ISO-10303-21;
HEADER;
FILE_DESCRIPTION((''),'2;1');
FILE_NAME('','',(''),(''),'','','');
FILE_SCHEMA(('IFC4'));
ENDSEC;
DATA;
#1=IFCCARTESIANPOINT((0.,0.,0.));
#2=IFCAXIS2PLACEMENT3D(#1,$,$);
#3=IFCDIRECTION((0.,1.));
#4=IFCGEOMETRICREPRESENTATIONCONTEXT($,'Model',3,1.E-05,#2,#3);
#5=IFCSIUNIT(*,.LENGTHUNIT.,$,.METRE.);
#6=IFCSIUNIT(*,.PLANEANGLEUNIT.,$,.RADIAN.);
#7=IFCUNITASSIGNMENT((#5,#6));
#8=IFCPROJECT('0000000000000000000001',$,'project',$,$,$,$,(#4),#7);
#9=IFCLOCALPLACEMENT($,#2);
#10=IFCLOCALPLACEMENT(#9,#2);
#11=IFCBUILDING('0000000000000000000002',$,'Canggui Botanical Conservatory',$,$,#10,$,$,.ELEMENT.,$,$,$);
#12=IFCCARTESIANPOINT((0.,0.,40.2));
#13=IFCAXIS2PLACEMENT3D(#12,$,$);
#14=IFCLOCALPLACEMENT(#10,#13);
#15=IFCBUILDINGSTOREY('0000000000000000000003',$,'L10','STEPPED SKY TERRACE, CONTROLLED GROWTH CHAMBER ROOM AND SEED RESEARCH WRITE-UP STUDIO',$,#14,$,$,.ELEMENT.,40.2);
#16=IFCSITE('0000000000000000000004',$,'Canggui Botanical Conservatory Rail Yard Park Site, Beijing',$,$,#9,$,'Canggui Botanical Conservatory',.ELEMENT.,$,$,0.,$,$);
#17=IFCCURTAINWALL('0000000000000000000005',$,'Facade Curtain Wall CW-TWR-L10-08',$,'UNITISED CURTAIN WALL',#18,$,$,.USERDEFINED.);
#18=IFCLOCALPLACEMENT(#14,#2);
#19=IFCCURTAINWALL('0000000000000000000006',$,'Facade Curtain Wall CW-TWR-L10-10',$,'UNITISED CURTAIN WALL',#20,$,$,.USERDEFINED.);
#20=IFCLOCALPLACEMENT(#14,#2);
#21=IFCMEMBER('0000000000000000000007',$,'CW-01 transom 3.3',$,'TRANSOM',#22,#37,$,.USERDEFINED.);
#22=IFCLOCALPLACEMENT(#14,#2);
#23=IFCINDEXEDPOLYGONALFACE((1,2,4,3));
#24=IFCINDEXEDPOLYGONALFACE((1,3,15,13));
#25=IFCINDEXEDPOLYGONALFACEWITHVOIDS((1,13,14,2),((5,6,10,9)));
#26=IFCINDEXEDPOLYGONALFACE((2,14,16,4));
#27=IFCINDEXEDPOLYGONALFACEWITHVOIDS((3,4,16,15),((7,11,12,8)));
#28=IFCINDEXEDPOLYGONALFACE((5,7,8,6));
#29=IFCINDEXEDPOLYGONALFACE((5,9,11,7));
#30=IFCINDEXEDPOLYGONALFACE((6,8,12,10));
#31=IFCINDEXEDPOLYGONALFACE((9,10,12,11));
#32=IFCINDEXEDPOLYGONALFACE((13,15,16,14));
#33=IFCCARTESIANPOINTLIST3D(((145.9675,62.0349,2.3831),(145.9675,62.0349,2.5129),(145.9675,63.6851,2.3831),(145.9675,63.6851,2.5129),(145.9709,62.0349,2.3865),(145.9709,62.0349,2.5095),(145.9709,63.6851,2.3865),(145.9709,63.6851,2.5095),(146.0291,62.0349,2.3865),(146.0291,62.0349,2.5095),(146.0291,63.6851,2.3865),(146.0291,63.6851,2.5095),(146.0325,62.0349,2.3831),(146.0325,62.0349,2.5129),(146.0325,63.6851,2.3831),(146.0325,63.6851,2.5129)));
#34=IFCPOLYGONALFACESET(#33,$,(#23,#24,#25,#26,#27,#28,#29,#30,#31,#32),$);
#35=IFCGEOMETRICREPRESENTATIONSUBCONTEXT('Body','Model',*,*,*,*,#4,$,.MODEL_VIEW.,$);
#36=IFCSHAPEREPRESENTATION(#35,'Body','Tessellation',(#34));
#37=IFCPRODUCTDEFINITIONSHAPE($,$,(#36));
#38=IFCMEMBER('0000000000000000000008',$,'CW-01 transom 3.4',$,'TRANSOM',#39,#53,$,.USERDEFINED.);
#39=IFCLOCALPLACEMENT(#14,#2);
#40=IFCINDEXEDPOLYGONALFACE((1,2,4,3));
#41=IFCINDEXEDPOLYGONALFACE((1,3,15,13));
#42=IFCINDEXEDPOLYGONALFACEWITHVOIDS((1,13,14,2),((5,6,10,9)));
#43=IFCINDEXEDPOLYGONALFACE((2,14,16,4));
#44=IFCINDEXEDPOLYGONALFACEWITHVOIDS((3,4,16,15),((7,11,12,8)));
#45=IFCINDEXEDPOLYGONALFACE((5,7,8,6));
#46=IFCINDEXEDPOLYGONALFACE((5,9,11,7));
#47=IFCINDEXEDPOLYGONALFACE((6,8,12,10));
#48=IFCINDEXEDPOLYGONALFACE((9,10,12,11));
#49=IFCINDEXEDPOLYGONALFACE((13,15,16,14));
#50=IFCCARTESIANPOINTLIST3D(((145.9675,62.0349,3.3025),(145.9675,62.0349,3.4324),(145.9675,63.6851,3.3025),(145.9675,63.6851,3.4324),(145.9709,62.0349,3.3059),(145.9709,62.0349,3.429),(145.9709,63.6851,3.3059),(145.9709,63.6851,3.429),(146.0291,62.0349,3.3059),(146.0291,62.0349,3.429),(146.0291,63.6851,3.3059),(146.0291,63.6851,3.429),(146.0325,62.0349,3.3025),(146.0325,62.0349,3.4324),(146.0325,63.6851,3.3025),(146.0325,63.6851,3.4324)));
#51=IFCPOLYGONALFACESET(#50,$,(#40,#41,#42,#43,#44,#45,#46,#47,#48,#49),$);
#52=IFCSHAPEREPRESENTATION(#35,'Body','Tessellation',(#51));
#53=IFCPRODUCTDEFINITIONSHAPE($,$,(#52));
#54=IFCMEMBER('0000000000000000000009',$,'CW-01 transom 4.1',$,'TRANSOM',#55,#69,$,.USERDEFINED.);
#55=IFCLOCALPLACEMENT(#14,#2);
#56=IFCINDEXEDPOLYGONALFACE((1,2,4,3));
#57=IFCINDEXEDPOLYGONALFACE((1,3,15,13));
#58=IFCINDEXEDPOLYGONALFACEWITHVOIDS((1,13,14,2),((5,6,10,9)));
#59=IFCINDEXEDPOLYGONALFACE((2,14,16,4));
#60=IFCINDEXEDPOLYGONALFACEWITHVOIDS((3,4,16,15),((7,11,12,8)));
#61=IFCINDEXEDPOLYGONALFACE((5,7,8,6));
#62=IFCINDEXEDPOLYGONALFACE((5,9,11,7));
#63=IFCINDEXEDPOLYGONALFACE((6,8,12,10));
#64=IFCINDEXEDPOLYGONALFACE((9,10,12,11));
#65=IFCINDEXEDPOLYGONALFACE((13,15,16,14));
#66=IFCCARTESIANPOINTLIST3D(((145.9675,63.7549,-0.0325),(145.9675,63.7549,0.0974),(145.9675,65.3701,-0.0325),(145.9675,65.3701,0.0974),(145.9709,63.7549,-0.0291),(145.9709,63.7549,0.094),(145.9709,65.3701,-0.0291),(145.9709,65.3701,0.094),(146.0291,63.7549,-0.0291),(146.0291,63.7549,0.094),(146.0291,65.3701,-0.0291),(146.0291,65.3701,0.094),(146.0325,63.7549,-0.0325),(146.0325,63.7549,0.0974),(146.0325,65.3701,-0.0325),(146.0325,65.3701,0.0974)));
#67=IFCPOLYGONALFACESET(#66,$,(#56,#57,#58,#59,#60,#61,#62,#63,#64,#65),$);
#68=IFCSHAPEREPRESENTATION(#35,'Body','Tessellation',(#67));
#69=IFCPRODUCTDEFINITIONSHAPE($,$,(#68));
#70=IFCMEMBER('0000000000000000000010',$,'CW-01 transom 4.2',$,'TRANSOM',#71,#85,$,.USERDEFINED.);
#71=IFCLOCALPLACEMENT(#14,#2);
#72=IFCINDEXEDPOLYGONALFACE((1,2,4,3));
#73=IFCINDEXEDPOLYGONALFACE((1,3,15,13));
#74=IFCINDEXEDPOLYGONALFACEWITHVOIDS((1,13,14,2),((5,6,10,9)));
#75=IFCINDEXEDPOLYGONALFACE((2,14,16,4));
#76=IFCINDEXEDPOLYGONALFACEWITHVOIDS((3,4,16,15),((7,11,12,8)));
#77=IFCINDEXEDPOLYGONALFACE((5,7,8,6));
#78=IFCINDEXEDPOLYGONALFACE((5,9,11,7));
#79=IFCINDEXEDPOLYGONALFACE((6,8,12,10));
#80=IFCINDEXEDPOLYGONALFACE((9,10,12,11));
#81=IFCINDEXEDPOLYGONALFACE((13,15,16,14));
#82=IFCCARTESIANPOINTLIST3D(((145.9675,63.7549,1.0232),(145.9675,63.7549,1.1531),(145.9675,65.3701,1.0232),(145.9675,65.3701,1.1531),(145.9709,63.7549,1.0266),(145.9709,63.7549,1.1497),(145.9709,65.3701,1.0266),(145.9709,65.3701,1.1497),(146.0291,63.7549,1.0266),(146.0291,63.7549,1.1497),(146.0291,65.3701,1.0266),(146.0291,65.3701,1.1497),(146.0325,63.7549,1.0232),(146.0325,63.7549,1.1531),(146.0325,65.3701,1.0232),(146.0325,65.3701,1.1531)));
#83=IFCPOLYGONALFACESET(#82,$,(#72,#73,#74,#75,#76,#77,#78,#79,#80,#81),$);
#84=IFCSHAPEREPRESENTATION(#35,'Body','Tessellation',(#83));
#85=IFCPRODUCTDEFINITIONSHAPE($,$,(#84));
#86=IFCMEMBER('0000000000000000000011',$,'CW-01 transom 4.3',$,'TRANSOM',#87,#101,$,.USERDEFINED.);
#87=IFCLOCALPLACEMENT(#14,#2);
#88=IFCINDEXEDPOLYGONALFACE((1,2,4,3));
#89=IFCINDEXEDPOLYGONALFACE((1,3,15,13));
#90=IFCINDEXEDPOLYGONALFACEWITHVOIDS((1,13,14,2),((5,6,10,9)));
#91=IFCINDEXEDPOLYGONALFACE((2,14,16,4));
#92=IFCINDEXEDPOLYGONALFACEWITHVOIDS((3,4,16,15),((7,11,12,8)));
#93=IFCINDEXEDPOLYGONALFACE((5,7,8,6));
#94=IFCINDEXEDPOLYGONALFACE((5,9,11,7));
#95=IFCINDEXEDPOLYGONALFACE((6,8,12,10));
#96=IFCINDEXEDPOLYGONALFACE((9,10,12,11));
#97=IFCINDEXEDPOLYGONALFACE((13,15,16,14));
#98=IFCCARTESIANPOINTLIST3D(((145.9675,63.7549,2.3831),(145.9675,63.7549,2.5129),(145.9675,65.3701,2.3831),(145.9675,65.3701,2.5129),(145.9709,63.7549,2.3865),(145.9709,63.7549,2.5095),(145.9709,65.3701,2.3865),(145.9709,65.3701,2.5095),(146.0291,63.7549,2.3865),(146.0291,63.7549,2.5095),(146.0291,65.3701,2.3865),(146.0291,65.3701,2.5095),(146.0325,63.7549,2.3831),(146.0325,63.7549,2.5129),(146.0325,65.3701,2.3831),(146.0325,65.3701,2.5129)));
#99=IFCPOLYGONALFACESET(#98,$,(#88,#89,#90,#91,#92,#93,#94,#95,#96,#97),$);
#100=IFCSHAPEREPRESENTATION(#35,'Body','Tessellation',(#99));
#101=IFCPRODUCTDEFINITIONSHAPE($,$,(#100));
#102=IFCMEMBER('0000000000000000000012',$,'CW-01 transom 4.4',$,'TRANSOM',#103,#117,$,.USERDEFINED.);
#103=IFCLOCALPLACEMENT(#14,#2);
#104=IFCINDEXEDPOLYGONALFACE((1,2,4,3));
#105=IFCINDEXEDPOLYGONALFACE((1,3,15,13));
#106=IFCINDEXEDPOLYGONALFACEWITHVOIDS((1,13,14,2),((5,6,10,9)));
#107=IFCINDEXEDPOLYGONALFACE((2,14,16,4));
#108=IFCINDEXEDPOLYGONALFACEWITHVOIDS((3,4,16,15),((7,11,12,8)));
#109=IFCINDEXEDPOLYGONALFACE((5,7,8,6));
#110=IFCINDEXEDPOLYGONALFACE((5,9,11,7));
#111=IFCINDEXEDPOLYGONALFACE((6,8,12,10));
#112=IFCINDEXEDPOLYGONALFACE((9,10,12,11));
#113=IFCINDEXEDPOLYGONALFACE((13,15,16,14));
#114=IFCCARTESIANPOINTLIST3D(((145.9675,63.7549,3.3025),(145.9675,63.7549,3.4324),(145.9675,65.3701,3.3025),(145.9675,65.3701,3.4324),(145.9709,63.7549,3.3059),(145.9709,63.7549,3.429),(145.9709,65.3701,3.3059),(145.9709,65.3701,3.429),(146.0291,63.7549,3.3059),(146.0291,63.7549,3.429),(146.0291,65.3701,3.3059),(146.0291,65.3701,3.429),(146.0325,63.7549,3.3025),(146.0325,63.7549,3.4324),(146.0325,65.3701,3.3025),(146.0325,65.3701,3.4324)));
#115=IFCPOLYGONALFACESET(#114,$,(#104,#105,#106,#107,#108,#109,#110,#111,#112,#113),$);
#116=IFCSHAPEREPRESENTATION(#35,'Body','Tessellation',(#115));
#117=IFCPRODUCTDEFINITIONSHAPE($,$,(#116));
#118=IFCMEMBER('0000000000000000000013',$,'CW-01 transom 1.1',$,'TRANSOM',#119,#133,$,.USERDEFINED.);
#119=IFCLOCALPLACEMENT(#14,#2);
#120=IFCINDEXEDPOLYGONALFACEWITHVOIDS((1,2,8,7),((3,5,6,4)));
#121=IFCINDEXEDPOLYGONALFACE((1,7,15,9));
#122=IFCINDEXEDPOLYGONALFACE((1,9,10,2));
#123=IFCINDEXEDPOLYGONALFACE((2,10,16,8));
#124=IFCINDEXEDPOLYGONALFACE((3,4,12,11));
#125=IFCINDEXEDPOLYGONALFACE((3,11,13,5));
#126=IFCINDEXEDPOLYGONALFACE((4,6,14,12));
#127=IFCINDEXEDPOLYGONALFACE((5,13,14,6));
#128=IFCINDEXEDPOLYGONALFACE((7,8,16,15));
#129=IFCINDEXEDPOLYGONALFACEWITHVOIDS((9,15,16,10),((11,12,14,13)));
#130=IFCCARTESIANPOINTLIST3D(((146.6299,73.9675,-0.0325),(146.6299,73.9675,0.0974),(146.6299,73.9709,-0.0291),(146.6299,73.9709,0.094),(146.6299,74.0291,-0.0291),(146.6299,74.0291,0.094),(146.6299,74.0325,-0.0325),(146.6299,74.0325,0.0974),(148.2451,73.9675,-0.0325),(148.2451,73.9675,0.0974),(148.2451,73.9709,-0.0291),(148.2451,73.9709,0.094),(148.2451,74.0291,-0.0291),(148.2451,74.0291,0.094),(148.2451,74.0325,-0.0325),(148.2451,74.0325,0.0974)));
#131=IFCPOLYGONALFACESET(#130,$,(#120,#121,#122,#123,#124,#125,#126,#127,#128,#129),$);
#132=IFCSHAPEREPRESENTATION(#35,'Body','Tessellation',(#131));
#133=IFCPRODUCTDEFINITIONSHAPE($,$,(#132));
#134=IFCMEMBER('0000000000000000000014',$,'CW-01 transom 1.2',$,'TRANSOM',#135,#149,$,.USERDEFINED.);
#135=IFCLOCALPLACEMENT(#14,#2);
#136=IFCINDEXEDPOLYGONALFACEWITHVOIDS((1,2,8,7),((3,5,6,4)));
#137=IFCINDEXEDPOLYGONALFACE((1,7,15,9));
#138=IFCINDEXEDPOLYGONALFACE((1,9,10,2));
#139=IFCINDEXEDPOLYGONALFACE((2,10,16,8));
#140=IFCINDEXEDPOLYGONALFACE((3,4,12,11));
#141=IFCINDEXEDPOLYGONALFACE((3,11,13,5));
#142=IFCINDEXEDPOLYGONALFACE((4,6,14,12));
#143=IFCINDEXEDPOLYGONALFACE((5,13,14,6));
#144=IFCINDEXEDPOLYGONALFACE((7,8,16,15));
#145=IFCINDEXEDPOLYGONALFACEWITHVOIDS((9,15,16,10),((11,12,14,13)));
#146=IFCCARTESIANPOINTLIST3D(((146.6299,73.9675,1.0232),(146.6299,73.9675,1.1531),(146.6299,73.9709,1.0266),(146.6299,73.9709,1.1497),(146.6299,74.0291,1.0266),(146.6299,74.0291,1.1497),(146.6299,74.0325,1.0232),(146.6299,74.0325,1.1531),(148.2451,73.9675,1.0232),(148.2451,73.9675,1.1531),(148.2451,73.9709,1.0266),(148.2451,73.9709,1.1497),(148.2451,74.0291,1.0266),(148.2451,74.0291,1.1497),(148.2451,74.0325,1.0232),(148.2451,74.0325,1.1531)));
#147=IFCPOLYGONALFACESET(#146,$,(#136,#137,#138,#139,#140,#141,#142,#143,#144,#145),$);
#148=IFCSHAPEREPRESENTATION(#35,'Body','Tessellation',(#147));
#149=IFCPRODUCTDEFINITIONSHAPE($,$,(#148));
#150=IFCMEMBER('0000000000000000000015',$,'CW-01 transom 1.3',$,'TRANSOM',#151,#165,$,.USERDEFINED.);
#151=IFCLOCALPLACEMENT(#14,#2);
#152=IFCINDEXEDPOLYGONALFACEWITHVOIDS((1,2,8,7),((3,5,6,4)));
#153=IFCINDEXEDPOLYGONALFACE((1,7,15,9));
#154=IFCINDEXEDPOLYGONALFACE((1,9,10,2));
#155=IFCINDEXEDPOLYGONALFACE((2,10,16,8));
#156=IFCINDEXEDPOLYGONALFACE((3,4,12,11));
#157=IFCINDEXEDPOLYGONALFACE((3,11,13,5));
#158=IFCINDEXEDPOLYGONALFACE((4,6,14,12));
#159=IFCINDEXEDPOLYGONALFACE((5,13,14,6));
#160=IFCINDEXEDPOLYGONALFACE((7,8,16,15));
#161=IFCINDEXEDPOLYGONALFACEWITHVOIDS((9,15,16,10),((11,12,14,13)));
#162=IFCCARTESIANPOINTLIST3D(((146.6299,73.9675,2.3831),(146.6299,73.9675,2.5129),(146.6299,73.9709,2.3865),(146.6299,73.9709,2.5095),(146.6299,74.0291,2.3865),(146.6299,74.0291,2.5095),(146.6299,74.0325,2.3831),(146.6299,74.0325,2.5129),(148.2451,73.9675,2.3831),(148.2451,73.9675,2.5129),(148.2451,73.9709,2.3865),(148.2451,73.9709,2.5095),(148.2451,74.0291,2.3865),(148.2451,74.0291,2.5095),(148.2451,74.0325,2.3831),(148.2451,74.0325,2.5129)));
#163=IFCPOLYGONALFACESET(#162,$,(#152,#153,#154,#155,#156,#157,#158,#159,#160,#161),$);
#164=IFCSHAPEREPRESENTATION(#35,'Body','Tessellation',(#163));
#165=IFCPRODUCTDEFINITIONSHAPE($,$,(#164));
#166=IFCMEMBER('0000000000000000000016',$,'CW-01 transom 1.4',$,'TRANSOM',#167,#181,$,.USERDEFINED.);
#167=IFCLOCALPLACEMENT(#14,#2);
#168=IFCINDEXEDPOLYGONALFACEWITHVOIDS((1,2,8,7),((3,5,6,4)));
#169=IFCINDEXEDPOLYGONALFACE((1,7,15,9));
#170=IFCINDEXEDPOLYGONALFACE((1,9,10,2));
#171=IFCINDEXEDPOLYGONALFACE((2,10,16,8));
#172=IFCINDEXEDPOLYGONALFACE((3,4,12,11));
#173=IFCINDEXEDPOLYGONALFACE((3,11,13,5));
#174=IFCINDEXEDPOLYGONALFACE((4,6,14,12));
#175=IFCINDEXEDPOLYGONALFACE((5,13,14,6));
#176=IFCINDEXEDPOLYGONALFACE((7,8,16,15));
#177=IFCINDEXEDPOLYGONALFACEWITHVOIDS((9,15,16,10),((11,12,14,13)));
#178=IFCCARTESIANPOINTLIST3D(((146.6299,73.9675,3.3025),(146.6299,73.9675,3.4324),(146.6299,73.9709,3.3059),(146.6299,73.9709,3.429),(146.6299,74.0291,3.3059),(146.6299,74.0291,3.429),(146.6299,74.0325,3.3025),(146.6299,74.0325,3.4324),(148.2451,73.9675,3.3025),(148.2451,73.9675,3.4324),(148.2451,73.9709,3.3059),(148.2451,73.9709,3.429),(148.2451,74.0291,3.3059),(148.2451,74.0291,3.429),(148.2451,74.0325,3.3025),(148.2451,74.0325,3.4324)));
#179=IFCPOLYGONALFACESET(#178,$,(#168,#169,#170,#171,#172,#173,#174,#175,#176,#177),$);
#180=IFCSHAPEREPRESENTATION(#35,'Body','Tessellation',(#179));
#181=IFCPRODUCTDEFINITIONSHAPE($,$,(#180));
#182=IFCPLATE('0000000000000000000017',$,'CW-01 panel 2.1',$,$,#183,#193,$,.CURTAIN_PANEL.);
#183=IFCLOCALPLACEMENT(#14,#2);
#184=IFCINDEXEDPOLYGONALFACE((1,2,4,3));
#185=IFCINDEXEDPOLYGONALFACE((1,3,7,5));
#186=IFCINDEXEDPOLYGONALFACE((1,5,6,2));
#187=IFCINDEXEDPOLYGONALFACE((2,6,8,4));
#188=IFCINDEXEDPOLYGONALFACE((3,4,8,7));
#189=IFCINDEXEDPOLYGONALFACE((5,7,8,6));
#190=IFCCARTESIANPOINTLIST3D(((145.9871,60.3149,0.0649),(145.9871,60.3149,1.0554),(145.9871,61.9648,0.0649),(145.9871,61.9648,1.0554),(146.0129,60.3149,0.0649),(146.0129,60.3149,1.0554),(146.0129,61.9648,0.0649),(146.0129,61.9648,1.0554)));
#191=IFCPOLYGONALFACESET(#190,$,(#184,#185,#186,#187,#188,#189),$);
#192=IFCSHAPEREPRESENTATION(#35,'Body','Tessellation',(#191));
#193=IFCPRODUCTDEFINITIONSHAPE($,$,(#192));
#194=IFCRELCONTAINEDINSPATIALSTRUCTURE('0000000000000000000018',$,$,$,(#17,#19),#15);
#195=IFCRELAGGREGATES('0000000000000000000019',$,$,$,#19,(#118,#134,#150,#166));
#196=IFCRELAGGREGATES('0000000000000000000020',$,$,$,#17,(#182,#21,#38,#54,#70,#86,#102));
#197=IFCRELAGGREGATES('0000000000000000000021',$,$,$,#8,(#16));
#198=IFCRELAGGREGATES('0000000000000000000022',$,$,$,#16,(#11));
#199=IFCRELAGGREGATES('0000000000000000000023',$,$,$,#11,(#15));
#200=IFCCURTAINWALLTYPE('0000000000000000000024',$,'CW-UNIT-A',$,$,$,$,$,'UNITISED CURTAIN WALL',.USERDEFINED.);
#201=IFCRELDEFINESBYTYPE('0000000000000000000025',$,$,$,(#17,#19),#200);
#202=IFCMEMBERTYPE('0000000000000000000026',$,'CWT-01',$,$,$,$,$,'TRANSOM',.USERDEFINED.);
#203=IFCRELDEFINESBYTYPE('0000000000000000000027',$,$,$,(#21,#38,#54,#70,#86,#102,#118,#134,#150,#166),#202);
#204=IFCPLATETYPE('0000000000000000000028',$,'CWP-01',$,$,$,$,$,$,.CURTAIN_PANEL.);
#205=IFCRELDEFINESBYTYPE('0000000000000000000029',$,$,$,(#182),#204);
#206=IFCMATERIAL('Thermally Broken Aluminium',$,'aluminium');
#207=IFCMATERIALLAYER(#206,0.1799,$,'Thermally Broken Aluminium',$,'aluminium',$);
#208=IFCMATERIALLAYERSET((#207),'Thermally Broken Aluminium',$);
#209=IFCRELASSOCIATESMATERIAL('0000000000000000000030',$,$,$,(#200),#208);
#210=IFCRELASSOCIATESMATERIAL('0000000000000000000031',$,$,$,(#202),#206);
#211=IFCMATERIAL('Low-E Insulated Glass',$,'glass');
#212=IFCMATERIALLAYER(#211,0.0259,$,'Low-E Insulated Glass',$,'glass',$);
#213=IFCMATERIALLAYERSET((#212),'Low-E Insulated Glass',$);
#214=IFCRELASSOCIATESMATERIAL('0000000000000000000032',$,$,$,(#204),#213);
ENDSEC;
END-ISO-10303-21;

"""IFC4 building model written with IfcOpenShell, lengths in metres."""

from ifc_helpers import new_model, si_unit, direction, frame, origin, origin_2d, place, context, subcontext, project, spatial, rectangle, hollow_rectangle, extrude, material, layer, layer_set, material_profile, profile_set, type_object, element, aggregate, save


model = new_model("IFC4")

# Units and contexts
model_context = context("Model", 3, precision=1e-05, world=origin(), true_north=direction((0.0, 1.0)))
body_context = subcontext(model_context, "Body", "Model", "MODEL_VIEW")
ifc_project = project(units=[si_unit("LENGTHUNIT", "METRE"), si_unit("PLANEANGLEUNIT", "RADIAN")], contexts=[model_context])

# Site, building, storey
site_placement = place(None, origin())
site = spatial("IfcSite", under=ifc_project, at=site_placement, Name="Canggui Botanical Conservatory Rail Yard Park Site, Beijing", LongName="Canggui Botanical Conservatory", CompositionType="ELEMENT", RefElevation=0.0)
building_placement = place(site_placement, origin())
building = spatial("IfcBuilding", under=site, at=building_placement, Name="Canggui Botanical Conservatory", CompositionType="ELEMENT")
storey_placement = place(building_placement, frame((0.0, 0.0, 40.2)))
storey = spatial("IfcBuildingStorey", under=building, at=storey_placement, Name="L10", Description="STEPPED SKY TERRACE, CONTROLLED GROWTH CHAMBER ROOM AND SEED RESEARCH WRITE-UP STUDIO", CompositionType="ELEMENT", Elevation=40.2)

# Curtain wall
ifc_material_1 = material(Name="Thermally Broken Aluminium", Category="aluminium")
ifc_layer_1 = layer(ifc_material_1, 0.1799, Name="Thermally Broken Aluminium", Category="aluminium")
ifc_layer_set_1 = layer_set([ifc_layer_1], Name="Thermally Broken Aluminium")
curtain_wall_type = type_object("IfcCurtainWallType", Name="CW-UNIT-A", ElementType="UNITISED CURTAIN WALL", PredefinedType="USERDEFINED", material=ifc_layer_set_1)
curtain_wall_1_placement = place(storey_placement, origin())
curtain_wall_1 = element("IfcCurtainWall", 1, at=curtain_wall_1_placement, inside=storey, type_object=curtain_wall_type, Name="Facade Curtain Wall CW-TWR-L10-08", ObjectType="UNITISED CURTAIN WALL", PredefinedType="USERDEFINED")

# Curtain wall
curtain_wall_2_placement = place(storey_placement, origin())
curtain_wall_2 = element("IfcCurtainWall", 2, at=curtain_wall_2_placement, inside=storey, type_object=curtain_wall_type, Name="Facade Curtain Wall CW-TWR-L10-10", ObjectType="UNITISED CURTAIN WALL", PredefinedType="USERDEFINED")

# Members
ifc_material_profile_1 = material_profile(ifc_material_1, hollow_rectangle(XDim=0.0649, YDim=0.1299, WallThickness=0.0034, at=origin_2d()), Name="CWT 65x130x3.5")
ifc_profile_set_1 = profile_set([ifc_material_profile_1], Name="Thermally Broken Aluminium")
member_type_1 = type_object("IfcMemberType", Name="CWT-01", ElementType="TRANSOM", PredefinedType="USERDEFINED", material=ifc_profile_set_1)
member_1_placement = place(storey_placement, frame((146.0, 62.0349, 2.448), z_axis=(0.0, 1.0, 0.0), x_axis=(-1.0, 0.0, 0.0)))
member_1 = element("IfcMember", 3, at=member_1_placement, type_object=member_type_1, Name="CW-01 transom 3.3", ObjectType="TRANSOM", PredefinedType="USERDEFINED", context=body_context, shape_type="SweptSolid", body=[
    extrude(hollow_rectangle(XDim=0.0649, YDim=0.1299, WallThickness=0.0034, at=origin_2d()), origin(), (0.0, 0.0, 1.0), 1.6501),
])
member_2_placement = place(storey_placement, frame((146.0, 62.0349, 3.3674), z_axis=(0.0, 1.0, 0.0), x_axis=(-1.0, 0.0, 0.0)))
member_2 = element("IfcMember", 4, at=member_2_placement, type_object=member_type_1, Name="CW-01 transom 3.4", ObjectType="TRANSOM", PredefinedType="USERDEFINED", context=body_context, shape_type="SweptSolid", body=[
    extrude(hollow_rectangle(XDim=0.0649, YDim=0.1299, WallThickness=0.0034, at=origin_2d()), origin(), (0.0, 0.0, 1.0), 1.6501),
])
member_3_placement = place(storey_placement, frame((146.0, 63.7549, 0.0325), z_axis=(0.0, 1.0, 0.0), x_axis=(-1.0, 0.0, 0.0)))
member_3 = element("IfcMember", 5, at=member_3_placement, type_object=member_type_1, Name="CW-01 transom 4.1", ObjectType="TRANSOM", PredefinedType="USERDEFINED", context=body_context, shape_type="SweptSolid", body=[
    extrude(hollow_rectangle(XDim=0.0649, YDim=0.1299, WallThickness=0.0034, at=origin_2d()), origin(), (0.0, 0.0, 1.0), 1.6152),
])
member_4_placement = place(storey_placement, frame((146.0, 63.7549, 1.0881), z_axis=(0.0, 1.0, 0.0), x_axis=(-1.0, 0.0, 0.0)))
member_4 = element("IfcMember", 6, at=member_4_placement, type_object=member_type_1, Name="CW-01 transom 4.2", ObjectType="TRANSOM", PredefinedType="USERDEFINED", context=body_context, shape_type="SweptSolid", body=[
    extrude(hollow_rectangle(XDim=0.0649, YDim=0.1299, WallThickness=0.0034, at=origin_2d()), origin(), (0.0, 0.0, 1.0), 1.6152),
])
member_5_placement = place(storey_placement, frame((146.0, 63.7549, 2.448), z_axis=(0.0, 1.0, 0.0), x_axis=(-1.0, 0.0, 0.0)))
member_5 = element("IfcMember", 7, at=member_5_placement, type_object=member_type_1, Name="CW-01 transom 4.3", ObjectType="TRANSOM", PredefinedType="USERDEFINED", context=body_context, shape_type="SweptSolid", body=[
    extrude(hollow_rectangle(XDim=0.0649, YDim=0.1299, WallThickness=0.0034, at=origin_2d()), origin(), (0.0, 0.0, 1.0), 1.6152),
])
member_6_placement = place(storey_placement, frame((146.0, 63.7549, 3.3674), z_axis=(0.0, 1.0, 0.0), x_axis=(-1.0, 0.0, 0.0)))
member_6 = element("IfcMember", 8, at=member_6_placement, type_object=member_type_1, Name="CW-01 transom 4.4", ObjectType="TRANSOM", PredefinedType="USERDEFINED", context=body_context, shape_type="SweptSolid", body=[
    extrude(hollow_rectangle(XDim=0.0649, YDim=0.1299, WallThickness=0.0034, at=origin_2d()), origin(), (0.0, 0.0, 1.0), 1.6152),
])
member_7_placement = place(storey_placement, frame((146.6299, 74.0, 0.0325), z_axis=(1.0, 0.0, 0.0), x_axis=(0.0, 1.0, 0.0)))
member_7 = element("IfcMember", 9, at=member_7_placement, type_object=member_type_1, Name="CW-01 transom 1.1", ObjectType="TRANSOM", PredefinedType="USERDEFINED", context=body_context, shape_type="SweptSolid", body=[
    extrude(hollow_rectangle(XDim=0.0649, YDim=0.1299, WallThickness=0.0034, at=origin_2d()), origin(), (0.0, 0.0, 1.0), 1.6152),
])
member_8_placement = place(storey_placement, frame((146.6299, 74.0, 1.0881), z_axis=(1.0, 0.0, 0.0), x_axis=(0.0, 1.0, 0.0)))
member_8 = element("IfcMember", 10, at=member_8_placement, type_object=member_type_1, Name="CW-01 transom 1.2", ObjectType="TRANSOM", PredefinedType="USERDEFINED", context=body_context, shape_type="SweptSolid", body=[
    extrude(hollow_rectangle(XDim=0.0649, YDim=0.1299, WallThickness=0.0034, at=origin_2d()), origin(), (0.0, 0.0, 1.0), 1.6152),
])
member_9_placement = place(storey_placement, frame((146.6299, 74.0, 2.448), z_axis=(1.0, 0.0, 0.0), x_axis=(0.0, 1.0, 0.0)))
member_9 = element("IfcMember", 11, at=member_9_placement, type_object=member_type_1, Name="CW-01 transom 1.3", ObjectType="TRANSOM", PredefinedType="USERDEFINED", context=body_context, shape_type="SweptSolid", body=[
    extrude(hollow_rectangle(XDim=0.0649, YDim=0.1299, WallThickness=0.0034, at=origin_2d()), origin(), (0.0, 0.0, 1.0), 1.6152),
])
member_10_placement = place(storey_placement, frame((146.6299, 74.0, 3.3674), z_axis=(1.0, 0.0, 0.0), x_axis=(0.0, 1.0, 0.0)))
member_10 = element("IfcMember", 12, at=member_10_placement, type_object=member_type_1, Name="CW-01 transom 1.4", ObjectType="TRANSOM", PredefinedType="USERDEFINED", context=body_context, shape_type="SweptSolid", body=[
    extrude(hollow_rectangle(XDim=0.0649, YDim=0.1299, WallThickness=0.0034, at=origin_2d()), origin(), (0.0, 0.0, 1.0), 1.6152),
])
aggregate(curtain_wall_2, [member_7, member_8, member_9, member_10])

# Plate
ifc_material_2 = material(Name="Low-E Insulated Glass", Category="glass")
ifc_layer_2 = layer(ifc_material_2, 0.0259, Name="Low-E Insulated Glass", Category="glass")
ifc_layer_set_2 = layer_set([ifc_layer_2], Name="Low-E Insulated Glass")
plate_type = type_object("IfcPlateType", Name="CWP-01", PredefinedType="CURTAIN_PANEL", material=ifc_layer_set_2)
plate_1_placement = place(storey_placement, frame((146.0, 61.1399, 0.0649), z_axis=(0.0, 0.0, 1.0), x_axis=(0.0, 1.0, 0.0)))
plate_1 = element("IfcPlate", 13, at=plate_1_placement, type_object=plate_type, Name="CW-01 panel 2.1", PredefinedType="CURTAIN_PANEL", context=body_context, shape_type="SweptSolid", body=[
    extrude(rectangle(XDim=1.6499, YDim=0.0259, at=origin_2d()), origin(), (0.0, 0.0, 1.0), 0.9905),
])
aggregate(curtain_wall_1, [plate_1, member_1, member_2, member_3, member_4, member_5, member_6])

save(model, "model.ifc")
